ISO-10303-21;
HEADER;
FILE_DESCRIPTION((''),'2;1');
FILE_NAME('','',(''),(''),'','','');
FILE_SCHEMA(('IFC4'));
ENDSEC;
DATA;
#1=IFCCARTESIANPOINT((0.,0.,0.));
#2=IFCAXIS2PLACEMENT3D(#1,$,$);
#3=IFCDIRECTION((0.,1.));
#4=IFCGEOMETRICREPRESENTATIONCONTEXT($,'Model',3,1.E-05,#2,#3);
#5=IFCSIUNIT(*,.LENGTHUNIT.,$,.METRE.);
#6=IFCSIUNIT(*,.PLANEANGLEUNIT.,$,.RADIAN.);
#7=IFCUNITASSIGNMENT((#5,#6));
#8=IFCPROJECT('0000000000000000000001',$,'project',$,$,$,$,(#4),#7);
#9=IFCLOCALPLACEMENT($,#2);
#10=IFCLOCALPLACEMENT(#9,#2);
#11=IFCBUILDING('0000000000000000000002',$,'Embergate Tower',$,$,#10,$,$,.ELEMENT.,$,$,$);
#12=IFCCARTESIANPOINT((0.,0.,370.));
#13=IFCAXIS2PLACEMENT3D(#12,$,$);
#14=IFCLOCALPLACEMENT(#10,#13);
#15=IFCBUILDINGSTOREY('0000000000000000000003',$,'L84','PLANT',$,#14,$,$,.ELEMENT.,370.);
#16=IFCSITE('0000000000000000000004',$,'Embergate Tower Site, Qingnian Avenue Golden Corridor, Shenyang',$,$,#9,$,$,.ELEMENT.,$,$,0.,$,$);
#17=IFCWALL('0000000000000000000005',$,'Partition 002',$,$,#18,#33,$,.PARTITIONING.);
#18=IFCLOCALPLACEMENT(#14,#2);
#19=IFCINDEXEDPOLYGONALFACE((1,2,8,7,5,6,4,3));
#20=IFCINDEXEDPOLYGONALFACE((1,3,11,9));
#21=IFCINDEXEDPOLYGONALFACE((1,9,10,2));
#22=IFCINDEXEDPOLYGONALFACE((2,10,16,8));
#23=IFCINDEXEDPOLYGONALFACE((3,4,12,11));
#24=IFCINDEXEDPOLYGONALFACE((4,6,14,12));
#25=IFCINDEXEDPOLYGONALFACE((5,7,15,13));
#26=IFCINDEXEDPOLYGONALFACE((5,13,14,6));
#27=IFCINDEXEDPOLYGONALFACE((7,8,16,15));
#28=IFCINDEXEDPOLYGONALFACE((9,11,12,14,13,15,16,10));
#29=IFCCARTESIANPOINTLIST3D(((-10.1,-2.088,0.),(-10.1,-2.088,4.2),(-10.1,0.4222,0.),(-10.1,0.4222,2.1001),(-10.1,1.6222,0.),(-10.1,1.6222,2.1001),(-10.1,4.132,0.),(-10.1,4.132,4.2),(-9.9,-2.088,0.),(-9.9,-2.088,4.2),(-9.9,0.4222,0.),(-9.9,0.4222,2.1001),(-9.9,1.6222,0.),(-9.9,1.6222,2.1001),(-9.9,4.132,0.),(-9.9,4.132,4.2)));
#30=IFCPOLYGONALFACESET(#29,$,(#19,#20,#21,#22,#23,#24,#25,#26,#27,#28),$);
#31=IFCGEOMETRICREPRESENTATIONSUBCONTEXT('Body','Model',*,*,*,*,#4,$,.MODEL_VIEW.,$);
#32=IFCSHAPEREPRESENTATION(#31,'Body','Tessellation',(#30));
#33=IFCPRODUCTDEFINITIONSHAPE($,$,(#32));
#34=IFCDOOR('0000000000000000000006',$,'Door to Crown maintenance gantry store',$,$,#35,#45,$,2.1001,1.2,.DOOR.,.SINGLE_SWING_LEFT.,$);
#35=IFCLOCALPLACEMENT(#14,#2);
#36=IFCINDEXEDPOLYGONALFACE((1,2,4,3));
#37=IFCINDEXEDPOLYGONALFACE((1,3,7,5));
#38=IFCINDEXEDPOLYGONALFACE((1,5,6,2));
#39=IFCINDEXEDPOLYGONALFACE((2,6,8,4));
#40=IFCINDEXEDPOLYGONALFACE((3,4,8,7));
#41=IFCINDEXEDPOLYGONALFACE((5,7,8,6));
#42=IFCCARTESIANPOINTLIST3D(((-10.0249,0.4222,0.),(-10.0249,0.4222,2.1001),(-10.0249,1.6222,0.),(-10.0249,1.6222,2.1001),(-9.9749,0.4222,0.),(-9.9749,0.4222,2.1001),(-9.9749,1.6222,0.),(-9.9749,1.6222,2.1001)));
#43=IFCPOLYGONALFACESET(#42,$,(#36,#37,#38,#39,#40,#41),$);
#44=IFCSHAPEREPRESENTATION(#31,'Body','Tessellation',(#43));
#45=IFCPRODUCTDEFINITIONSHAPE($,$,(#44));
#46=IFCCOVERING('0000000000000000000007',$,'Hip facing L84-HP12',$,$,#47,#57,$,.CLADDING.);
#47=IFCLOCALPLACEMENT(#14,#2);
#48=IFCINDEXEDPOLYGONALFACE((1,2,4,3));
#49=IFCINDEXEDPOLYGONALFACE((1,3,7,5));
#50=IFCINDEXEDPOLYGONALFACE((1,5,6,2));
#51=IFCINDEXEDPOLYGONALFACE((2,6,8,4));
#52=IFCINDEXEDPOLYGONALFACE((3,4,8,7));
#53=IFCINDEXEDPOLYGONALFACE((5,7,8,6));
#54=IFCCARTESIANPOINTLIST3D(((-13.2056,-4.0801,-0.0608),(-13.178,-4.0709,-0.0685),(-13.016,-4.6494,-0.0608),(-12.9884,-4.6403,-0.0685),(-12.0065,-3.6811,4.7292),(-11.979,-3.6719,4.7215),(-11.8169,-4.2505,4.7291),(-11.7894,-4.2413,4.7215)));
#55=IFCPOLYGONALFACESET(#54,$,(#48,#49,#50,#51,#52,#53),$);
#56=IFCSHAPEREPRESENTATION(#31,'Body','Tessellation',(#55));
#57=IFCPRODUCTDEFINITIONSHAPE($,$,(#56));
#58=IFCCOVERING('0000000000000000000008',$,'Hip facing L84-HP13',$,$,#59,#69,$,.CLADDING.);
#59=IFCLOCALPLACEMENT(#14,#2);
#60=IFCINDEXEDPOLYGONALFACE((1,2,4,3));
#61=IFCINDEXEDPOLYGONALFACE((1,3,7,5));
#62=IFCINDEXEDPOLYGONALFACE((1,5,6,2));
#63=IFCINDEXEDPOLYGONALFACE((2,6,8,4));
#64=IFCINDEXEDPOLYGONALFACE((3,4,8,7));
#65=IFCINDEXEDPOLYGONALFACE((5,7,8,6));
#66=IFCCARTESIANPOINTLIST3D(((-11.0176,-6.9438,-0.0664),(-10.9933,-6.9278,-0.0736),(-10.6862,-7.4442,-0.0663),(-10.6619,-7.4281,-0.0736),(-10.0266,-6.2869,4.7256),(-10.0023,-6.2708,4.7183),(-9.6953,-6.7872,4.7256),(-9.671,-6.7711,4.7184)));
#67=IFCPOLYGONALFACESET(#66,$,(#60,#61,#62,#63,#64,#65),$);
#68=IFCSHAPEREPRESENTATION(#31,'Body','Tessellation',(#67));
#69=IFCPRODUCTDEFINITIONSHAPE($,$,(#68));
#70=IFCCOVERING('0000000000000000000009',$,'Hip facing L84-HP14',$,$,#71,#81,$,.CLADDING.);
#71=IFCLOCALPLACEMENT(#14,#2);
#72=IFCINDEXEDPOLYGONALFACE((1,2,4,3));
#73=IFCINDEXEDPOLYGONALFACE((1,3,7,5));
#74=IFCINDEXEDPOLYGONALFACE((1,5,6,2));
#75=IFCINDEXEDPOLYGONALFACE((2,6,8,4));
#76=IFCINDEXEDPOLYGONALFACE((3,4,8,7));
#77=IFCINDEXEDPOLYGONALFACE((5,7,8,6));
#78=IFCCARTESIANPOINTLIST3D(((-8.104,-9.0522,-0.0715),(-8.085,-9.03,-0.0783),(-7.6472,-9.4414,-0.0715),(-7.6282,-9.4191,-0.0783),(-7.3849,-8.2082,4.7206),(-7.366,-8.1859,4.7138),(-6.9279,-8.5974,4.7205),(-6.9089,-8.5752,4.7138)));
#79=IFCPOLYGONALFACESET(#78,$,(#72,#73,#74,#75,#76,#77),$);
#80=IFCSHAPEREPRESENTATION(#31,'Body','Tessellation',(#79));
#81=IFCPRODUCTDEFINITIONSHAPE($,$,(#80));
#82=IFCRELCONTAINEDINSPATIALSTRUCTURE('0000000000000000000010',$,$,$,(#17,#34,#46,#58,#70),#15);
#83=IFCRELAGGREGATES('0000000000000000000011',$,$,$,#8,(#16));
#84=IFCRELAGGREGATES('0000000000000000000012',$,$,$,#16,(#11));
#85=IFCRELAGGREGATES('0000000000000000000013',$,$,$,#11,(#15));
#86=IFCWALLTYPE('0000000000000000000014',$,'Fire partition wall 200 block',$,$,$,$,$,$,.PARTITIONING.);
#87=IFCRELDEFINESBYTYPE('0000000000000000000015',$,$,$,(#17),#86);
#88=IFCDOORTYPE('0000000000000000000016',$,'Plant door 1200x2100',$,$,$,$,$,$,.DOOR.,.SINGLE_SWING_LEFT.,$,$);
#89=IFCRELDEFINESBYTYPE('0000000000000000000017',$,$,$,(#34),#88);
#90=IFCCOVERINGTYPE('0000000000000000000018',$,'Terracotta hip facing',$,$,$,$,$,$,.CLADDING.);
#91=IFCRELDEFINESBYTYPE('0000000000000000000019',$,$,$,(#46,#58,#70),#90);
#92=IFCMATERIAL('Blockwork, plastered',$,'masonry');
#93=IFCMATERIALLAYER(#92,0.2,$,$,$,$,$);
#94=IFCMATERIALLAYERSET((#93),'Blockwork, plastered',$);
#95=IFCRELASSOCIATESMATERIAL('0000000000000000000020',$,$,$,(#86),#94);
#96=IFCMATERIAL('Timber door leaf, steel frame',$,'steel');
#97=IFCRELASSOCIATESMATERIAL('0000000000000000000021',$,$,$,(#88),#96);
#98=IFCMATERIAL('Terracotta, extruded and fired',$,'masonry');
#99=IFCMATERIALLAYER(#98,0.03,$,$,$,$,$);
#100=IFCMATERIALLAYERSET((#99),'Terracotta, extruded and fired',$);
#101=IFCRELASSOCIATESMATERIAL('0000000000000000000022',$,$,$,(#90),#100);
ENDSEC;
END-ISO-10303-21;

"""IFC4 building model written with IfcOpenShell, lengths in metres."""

from ifc_helpers import new_model, si_unit, direction, frame, frame_2d, origin, place, context, subcontext, project, spatial, polyline, rectangle, outline, extrude, source, transform, mapped, material, layer, layer_set, type_object, element, fill, save


model = new_model("IFC4")

# Units and contexts
model_context = context("Model", 3, precision=1e-05, world=origin(), true_north=direction((0.0, 1.0)))
body_context = subcontext(model_context, "Body", "Model", "MODEL_VIEW")
ifc_project = project(units=[si_unit("LENGTHUNIT", "METRE"), si_unit("PLANEANGLEUNIT", "RADIAN")], contexts=[model_context])

# Site, building, storey
site_placement = place(None, origin())
site = spatial("IfcSite", under=ifc_project, at=site_placement, Name="Embergate Tower Site, Qingnian Avenue Golden Corridor, Shenyang", CompositionType="ELEMENT", RefElevation=0.0)
building_placement = place(site_placement, origin())
building = spatial("IfcBuilding", under=site, at=building_placement, Name="Embergate Tower", CompositionType="ELEMENT")
storey_placement = place(building_placement, frame((0.0, 0.0, 370.0)))
storey = spatial("IfcBuildingStorey", under=building, at=storey_placement, Name="L84", Description="PLANT", CompositionType="ELEMENT", Elevation=370.0)

# Shared definitions
ifc_material_1 = material(Name="Blockwork, plastered", Category="masonry")
ifc_layer_1 = layer(ifc_material_1, 0.2)
ifc_layer_set_1 = layer_set([ifc_layer_1], Name="Blockwork, plastered")
wall_type_1 = type_object("IfcWallType", Name="Fire partition wall 200 block", PredefinedType="PARTITIONING", material=ifc_layer_set_1)

# Wall, opening, door
shared_shape_1 = source(origin(), body_context, "Body", "SweptSolid", [
    extrude(rectangle(XDim=6.22, YDim=0.2, at=frame_2d((3.1099, 0.0))), origin(), (0.0, 0.0, 1.0), 4.2),
])
wall_1_placement = place(storey_placement, frame((-10.0, -2.0879, 0.0), z_axis=(0.0, 0.0, 1.0), x_axis=(0.0, 1.0, 0.0)))
wall_1 = element("IfcWall", 1, at=wall_1_placement, inside=storey, type_object=wall_type_1, Name="Partition 002", PredefinedType="PARTITIONING", context=body_context, shape_type="MappedRepresentation", body=[
    mapped(shared_shape_1, transform((0.0, 0.0, 0.0))),
])
shared_shape_2 = source(origin(), body_context, "Body", "SweptSolid", [
    extrude(rectangle(XDim=1.2, YDim=2.1001, at=frame_2d((0.6001, 1.05))), frame((0.0, 0.1099, 0.0), z_axis=(0.0, -1.0, 0.0), x_axis=(1.0, 0.0, 0.0)), (0.0, 0.0, 1.0), 0.22),
])
opening_placement = place(wall_1_placement, frame((2.51, 0.0, 0.0)))
opening = element("IfcOpeningElement", 2, at=opening_placement, cuts=wall_1, PredefinedType="OPENING", context=body_context, shape_type="MappedRepresentation", body=[
    mapped(shared_shape_2, transform((0.0, 0.0, 0.0))),
])
ifc_material_2 = material(Name="Timber door leaf, steel frame", Category="steel")
door_type = type_object("IfcDoorType", Name="Plant door 1200x2100", OperationType="SINGLE_SWING_LEFT", PredefinedType="DOOR", material=ifc_material_2)
shared_shape_3 = source(origin(), body_context, "Body", "SweptSolid", [
    extrude(rectangle(XDim=1.2, YDim=2.1001, at=frame_2d((0.6001, 1.05))), frame((0.0, 0.0249, 0.0), z_axis=(0.0, -1.0, 0.0), x_axis=(1.0, 0.0, 0.0)), (0.0, 0.0, 1.0), 0.05),
])
door_placement = place(opening_placement, origin())
door = element("IfcDoor", 3, at=door_placement, inside=storey, type_object=door_type, Name="Door to Crown maintenance gantry store", OperationType="SINGLE_SWING_LEFT", OverallHeight=2.1001, OverallWidth=1.2, PredefinedType="DOOR", context=body_context, shape_type="MappedRepresentation", body=[
    mapped(shared_shape_3, transform((0.0, 0.0, 0.0))),
])
fill(opening, door)

# Coverings
ifc_material_3 = material(Name="Terracotta, extruded and fired", Category="masonry")
ifc_layer_2 = layer(ifc_material_3, 0.03)
ifc_layer_set_2 = layer_set([ifc_layer_2], Name="Terracotta, extruded and fired")
covering_type = type_object("IfcCoveringType", Name="Terracotta hip facing", PredefinedType="CLADDING", material=ifc_layer_set_2)
shared_shape_4 = source(origin(), body_context, "Body", "SweptSolid", [
    extrude(outline(polyline([(0.0, 0.0), (4.9539, 0.0), (4.9539, -0.6001), (0.0, -0.6001), (0.0, 0.0)])), origin(), (0.0, 0.0, -1.0), 0.03),
])
covering_1_placement = place(storey_placement, frame((-13.2056, -4.0801, -0.0608), z_axis=(-0.917396, -0.305471, 0.255093), x_axis=(0.242047, 0.080534, 0.966916)))
element("IfcCovering", 4, at=covering_1_placement, inside=storey, type_object=covering_type, Name="Hip facing L84-HP12", PredefinedType="CLADDING", context=body_context, shape_type="MappedRepresentation", body=[
    mapped(shared_shape_4, transform((0.0, 0.0, 0.0))),
])
shared_shape_5 = source(origin(), body_context, "Body", "SweptSolid", [
    extrude(outline(polyline([(0.0, 0.0), (4.9373, 0.0), (4.9373, -0.6001), (0.0, -0.6001), (0.0, 0.0)])), origin(), (0.0, 0.0, -1.0), 0.03),
])
covering_2_placement = place(storey_placement, frame((-11.0176, -6.9438, -0.0664), z_axis=(-0.809201, -0.535913, 0.240814), x_axis=(0.200711, 0.133065, 0.970571)))
element("IfcCovering", 5, at=covering_2_placement, inside=storey, type_object=covering_type, Name="Hip facing L84-HP13", PredefinedType="CLADDING", context=body_context, shape_type="MappedRepresentation", body=[
    mapped(shared_shape_5, transform((0.0, 0.0, 0.0))),
])
shared_shape_6 = source(origin(), body_context, "Body", "SweptSolid", [
    extrude(outline(polyline([(0.0, 0.0), (4.9187, 0.0), (4.9187, -0.6003), (0.0, -0.6001), (0.0, 0.0)])), origin(), (0.0, 0.0, -1.0), 0.03),
])
covering_3_placement = place(storey_placement, frame((-8.104, -9.0522, -0.0715), z_axis=(-0.631719, -0.741695, 0.225431), x_axis=(0.146189, 0.171605, 0.974259)))
element("IfcCovering", 6, at=covering_3_placement, inside=storey, type_object=covering_type, Name="Hip facing L84-HP14", PredefinedType="CLADDING", context=body_context, shape_type="MappedRepresentation", body=[
    mapped(shared_shape_6, transform((0.0, 0.0, 0.0))),
])

save(model, "model.ifc")
